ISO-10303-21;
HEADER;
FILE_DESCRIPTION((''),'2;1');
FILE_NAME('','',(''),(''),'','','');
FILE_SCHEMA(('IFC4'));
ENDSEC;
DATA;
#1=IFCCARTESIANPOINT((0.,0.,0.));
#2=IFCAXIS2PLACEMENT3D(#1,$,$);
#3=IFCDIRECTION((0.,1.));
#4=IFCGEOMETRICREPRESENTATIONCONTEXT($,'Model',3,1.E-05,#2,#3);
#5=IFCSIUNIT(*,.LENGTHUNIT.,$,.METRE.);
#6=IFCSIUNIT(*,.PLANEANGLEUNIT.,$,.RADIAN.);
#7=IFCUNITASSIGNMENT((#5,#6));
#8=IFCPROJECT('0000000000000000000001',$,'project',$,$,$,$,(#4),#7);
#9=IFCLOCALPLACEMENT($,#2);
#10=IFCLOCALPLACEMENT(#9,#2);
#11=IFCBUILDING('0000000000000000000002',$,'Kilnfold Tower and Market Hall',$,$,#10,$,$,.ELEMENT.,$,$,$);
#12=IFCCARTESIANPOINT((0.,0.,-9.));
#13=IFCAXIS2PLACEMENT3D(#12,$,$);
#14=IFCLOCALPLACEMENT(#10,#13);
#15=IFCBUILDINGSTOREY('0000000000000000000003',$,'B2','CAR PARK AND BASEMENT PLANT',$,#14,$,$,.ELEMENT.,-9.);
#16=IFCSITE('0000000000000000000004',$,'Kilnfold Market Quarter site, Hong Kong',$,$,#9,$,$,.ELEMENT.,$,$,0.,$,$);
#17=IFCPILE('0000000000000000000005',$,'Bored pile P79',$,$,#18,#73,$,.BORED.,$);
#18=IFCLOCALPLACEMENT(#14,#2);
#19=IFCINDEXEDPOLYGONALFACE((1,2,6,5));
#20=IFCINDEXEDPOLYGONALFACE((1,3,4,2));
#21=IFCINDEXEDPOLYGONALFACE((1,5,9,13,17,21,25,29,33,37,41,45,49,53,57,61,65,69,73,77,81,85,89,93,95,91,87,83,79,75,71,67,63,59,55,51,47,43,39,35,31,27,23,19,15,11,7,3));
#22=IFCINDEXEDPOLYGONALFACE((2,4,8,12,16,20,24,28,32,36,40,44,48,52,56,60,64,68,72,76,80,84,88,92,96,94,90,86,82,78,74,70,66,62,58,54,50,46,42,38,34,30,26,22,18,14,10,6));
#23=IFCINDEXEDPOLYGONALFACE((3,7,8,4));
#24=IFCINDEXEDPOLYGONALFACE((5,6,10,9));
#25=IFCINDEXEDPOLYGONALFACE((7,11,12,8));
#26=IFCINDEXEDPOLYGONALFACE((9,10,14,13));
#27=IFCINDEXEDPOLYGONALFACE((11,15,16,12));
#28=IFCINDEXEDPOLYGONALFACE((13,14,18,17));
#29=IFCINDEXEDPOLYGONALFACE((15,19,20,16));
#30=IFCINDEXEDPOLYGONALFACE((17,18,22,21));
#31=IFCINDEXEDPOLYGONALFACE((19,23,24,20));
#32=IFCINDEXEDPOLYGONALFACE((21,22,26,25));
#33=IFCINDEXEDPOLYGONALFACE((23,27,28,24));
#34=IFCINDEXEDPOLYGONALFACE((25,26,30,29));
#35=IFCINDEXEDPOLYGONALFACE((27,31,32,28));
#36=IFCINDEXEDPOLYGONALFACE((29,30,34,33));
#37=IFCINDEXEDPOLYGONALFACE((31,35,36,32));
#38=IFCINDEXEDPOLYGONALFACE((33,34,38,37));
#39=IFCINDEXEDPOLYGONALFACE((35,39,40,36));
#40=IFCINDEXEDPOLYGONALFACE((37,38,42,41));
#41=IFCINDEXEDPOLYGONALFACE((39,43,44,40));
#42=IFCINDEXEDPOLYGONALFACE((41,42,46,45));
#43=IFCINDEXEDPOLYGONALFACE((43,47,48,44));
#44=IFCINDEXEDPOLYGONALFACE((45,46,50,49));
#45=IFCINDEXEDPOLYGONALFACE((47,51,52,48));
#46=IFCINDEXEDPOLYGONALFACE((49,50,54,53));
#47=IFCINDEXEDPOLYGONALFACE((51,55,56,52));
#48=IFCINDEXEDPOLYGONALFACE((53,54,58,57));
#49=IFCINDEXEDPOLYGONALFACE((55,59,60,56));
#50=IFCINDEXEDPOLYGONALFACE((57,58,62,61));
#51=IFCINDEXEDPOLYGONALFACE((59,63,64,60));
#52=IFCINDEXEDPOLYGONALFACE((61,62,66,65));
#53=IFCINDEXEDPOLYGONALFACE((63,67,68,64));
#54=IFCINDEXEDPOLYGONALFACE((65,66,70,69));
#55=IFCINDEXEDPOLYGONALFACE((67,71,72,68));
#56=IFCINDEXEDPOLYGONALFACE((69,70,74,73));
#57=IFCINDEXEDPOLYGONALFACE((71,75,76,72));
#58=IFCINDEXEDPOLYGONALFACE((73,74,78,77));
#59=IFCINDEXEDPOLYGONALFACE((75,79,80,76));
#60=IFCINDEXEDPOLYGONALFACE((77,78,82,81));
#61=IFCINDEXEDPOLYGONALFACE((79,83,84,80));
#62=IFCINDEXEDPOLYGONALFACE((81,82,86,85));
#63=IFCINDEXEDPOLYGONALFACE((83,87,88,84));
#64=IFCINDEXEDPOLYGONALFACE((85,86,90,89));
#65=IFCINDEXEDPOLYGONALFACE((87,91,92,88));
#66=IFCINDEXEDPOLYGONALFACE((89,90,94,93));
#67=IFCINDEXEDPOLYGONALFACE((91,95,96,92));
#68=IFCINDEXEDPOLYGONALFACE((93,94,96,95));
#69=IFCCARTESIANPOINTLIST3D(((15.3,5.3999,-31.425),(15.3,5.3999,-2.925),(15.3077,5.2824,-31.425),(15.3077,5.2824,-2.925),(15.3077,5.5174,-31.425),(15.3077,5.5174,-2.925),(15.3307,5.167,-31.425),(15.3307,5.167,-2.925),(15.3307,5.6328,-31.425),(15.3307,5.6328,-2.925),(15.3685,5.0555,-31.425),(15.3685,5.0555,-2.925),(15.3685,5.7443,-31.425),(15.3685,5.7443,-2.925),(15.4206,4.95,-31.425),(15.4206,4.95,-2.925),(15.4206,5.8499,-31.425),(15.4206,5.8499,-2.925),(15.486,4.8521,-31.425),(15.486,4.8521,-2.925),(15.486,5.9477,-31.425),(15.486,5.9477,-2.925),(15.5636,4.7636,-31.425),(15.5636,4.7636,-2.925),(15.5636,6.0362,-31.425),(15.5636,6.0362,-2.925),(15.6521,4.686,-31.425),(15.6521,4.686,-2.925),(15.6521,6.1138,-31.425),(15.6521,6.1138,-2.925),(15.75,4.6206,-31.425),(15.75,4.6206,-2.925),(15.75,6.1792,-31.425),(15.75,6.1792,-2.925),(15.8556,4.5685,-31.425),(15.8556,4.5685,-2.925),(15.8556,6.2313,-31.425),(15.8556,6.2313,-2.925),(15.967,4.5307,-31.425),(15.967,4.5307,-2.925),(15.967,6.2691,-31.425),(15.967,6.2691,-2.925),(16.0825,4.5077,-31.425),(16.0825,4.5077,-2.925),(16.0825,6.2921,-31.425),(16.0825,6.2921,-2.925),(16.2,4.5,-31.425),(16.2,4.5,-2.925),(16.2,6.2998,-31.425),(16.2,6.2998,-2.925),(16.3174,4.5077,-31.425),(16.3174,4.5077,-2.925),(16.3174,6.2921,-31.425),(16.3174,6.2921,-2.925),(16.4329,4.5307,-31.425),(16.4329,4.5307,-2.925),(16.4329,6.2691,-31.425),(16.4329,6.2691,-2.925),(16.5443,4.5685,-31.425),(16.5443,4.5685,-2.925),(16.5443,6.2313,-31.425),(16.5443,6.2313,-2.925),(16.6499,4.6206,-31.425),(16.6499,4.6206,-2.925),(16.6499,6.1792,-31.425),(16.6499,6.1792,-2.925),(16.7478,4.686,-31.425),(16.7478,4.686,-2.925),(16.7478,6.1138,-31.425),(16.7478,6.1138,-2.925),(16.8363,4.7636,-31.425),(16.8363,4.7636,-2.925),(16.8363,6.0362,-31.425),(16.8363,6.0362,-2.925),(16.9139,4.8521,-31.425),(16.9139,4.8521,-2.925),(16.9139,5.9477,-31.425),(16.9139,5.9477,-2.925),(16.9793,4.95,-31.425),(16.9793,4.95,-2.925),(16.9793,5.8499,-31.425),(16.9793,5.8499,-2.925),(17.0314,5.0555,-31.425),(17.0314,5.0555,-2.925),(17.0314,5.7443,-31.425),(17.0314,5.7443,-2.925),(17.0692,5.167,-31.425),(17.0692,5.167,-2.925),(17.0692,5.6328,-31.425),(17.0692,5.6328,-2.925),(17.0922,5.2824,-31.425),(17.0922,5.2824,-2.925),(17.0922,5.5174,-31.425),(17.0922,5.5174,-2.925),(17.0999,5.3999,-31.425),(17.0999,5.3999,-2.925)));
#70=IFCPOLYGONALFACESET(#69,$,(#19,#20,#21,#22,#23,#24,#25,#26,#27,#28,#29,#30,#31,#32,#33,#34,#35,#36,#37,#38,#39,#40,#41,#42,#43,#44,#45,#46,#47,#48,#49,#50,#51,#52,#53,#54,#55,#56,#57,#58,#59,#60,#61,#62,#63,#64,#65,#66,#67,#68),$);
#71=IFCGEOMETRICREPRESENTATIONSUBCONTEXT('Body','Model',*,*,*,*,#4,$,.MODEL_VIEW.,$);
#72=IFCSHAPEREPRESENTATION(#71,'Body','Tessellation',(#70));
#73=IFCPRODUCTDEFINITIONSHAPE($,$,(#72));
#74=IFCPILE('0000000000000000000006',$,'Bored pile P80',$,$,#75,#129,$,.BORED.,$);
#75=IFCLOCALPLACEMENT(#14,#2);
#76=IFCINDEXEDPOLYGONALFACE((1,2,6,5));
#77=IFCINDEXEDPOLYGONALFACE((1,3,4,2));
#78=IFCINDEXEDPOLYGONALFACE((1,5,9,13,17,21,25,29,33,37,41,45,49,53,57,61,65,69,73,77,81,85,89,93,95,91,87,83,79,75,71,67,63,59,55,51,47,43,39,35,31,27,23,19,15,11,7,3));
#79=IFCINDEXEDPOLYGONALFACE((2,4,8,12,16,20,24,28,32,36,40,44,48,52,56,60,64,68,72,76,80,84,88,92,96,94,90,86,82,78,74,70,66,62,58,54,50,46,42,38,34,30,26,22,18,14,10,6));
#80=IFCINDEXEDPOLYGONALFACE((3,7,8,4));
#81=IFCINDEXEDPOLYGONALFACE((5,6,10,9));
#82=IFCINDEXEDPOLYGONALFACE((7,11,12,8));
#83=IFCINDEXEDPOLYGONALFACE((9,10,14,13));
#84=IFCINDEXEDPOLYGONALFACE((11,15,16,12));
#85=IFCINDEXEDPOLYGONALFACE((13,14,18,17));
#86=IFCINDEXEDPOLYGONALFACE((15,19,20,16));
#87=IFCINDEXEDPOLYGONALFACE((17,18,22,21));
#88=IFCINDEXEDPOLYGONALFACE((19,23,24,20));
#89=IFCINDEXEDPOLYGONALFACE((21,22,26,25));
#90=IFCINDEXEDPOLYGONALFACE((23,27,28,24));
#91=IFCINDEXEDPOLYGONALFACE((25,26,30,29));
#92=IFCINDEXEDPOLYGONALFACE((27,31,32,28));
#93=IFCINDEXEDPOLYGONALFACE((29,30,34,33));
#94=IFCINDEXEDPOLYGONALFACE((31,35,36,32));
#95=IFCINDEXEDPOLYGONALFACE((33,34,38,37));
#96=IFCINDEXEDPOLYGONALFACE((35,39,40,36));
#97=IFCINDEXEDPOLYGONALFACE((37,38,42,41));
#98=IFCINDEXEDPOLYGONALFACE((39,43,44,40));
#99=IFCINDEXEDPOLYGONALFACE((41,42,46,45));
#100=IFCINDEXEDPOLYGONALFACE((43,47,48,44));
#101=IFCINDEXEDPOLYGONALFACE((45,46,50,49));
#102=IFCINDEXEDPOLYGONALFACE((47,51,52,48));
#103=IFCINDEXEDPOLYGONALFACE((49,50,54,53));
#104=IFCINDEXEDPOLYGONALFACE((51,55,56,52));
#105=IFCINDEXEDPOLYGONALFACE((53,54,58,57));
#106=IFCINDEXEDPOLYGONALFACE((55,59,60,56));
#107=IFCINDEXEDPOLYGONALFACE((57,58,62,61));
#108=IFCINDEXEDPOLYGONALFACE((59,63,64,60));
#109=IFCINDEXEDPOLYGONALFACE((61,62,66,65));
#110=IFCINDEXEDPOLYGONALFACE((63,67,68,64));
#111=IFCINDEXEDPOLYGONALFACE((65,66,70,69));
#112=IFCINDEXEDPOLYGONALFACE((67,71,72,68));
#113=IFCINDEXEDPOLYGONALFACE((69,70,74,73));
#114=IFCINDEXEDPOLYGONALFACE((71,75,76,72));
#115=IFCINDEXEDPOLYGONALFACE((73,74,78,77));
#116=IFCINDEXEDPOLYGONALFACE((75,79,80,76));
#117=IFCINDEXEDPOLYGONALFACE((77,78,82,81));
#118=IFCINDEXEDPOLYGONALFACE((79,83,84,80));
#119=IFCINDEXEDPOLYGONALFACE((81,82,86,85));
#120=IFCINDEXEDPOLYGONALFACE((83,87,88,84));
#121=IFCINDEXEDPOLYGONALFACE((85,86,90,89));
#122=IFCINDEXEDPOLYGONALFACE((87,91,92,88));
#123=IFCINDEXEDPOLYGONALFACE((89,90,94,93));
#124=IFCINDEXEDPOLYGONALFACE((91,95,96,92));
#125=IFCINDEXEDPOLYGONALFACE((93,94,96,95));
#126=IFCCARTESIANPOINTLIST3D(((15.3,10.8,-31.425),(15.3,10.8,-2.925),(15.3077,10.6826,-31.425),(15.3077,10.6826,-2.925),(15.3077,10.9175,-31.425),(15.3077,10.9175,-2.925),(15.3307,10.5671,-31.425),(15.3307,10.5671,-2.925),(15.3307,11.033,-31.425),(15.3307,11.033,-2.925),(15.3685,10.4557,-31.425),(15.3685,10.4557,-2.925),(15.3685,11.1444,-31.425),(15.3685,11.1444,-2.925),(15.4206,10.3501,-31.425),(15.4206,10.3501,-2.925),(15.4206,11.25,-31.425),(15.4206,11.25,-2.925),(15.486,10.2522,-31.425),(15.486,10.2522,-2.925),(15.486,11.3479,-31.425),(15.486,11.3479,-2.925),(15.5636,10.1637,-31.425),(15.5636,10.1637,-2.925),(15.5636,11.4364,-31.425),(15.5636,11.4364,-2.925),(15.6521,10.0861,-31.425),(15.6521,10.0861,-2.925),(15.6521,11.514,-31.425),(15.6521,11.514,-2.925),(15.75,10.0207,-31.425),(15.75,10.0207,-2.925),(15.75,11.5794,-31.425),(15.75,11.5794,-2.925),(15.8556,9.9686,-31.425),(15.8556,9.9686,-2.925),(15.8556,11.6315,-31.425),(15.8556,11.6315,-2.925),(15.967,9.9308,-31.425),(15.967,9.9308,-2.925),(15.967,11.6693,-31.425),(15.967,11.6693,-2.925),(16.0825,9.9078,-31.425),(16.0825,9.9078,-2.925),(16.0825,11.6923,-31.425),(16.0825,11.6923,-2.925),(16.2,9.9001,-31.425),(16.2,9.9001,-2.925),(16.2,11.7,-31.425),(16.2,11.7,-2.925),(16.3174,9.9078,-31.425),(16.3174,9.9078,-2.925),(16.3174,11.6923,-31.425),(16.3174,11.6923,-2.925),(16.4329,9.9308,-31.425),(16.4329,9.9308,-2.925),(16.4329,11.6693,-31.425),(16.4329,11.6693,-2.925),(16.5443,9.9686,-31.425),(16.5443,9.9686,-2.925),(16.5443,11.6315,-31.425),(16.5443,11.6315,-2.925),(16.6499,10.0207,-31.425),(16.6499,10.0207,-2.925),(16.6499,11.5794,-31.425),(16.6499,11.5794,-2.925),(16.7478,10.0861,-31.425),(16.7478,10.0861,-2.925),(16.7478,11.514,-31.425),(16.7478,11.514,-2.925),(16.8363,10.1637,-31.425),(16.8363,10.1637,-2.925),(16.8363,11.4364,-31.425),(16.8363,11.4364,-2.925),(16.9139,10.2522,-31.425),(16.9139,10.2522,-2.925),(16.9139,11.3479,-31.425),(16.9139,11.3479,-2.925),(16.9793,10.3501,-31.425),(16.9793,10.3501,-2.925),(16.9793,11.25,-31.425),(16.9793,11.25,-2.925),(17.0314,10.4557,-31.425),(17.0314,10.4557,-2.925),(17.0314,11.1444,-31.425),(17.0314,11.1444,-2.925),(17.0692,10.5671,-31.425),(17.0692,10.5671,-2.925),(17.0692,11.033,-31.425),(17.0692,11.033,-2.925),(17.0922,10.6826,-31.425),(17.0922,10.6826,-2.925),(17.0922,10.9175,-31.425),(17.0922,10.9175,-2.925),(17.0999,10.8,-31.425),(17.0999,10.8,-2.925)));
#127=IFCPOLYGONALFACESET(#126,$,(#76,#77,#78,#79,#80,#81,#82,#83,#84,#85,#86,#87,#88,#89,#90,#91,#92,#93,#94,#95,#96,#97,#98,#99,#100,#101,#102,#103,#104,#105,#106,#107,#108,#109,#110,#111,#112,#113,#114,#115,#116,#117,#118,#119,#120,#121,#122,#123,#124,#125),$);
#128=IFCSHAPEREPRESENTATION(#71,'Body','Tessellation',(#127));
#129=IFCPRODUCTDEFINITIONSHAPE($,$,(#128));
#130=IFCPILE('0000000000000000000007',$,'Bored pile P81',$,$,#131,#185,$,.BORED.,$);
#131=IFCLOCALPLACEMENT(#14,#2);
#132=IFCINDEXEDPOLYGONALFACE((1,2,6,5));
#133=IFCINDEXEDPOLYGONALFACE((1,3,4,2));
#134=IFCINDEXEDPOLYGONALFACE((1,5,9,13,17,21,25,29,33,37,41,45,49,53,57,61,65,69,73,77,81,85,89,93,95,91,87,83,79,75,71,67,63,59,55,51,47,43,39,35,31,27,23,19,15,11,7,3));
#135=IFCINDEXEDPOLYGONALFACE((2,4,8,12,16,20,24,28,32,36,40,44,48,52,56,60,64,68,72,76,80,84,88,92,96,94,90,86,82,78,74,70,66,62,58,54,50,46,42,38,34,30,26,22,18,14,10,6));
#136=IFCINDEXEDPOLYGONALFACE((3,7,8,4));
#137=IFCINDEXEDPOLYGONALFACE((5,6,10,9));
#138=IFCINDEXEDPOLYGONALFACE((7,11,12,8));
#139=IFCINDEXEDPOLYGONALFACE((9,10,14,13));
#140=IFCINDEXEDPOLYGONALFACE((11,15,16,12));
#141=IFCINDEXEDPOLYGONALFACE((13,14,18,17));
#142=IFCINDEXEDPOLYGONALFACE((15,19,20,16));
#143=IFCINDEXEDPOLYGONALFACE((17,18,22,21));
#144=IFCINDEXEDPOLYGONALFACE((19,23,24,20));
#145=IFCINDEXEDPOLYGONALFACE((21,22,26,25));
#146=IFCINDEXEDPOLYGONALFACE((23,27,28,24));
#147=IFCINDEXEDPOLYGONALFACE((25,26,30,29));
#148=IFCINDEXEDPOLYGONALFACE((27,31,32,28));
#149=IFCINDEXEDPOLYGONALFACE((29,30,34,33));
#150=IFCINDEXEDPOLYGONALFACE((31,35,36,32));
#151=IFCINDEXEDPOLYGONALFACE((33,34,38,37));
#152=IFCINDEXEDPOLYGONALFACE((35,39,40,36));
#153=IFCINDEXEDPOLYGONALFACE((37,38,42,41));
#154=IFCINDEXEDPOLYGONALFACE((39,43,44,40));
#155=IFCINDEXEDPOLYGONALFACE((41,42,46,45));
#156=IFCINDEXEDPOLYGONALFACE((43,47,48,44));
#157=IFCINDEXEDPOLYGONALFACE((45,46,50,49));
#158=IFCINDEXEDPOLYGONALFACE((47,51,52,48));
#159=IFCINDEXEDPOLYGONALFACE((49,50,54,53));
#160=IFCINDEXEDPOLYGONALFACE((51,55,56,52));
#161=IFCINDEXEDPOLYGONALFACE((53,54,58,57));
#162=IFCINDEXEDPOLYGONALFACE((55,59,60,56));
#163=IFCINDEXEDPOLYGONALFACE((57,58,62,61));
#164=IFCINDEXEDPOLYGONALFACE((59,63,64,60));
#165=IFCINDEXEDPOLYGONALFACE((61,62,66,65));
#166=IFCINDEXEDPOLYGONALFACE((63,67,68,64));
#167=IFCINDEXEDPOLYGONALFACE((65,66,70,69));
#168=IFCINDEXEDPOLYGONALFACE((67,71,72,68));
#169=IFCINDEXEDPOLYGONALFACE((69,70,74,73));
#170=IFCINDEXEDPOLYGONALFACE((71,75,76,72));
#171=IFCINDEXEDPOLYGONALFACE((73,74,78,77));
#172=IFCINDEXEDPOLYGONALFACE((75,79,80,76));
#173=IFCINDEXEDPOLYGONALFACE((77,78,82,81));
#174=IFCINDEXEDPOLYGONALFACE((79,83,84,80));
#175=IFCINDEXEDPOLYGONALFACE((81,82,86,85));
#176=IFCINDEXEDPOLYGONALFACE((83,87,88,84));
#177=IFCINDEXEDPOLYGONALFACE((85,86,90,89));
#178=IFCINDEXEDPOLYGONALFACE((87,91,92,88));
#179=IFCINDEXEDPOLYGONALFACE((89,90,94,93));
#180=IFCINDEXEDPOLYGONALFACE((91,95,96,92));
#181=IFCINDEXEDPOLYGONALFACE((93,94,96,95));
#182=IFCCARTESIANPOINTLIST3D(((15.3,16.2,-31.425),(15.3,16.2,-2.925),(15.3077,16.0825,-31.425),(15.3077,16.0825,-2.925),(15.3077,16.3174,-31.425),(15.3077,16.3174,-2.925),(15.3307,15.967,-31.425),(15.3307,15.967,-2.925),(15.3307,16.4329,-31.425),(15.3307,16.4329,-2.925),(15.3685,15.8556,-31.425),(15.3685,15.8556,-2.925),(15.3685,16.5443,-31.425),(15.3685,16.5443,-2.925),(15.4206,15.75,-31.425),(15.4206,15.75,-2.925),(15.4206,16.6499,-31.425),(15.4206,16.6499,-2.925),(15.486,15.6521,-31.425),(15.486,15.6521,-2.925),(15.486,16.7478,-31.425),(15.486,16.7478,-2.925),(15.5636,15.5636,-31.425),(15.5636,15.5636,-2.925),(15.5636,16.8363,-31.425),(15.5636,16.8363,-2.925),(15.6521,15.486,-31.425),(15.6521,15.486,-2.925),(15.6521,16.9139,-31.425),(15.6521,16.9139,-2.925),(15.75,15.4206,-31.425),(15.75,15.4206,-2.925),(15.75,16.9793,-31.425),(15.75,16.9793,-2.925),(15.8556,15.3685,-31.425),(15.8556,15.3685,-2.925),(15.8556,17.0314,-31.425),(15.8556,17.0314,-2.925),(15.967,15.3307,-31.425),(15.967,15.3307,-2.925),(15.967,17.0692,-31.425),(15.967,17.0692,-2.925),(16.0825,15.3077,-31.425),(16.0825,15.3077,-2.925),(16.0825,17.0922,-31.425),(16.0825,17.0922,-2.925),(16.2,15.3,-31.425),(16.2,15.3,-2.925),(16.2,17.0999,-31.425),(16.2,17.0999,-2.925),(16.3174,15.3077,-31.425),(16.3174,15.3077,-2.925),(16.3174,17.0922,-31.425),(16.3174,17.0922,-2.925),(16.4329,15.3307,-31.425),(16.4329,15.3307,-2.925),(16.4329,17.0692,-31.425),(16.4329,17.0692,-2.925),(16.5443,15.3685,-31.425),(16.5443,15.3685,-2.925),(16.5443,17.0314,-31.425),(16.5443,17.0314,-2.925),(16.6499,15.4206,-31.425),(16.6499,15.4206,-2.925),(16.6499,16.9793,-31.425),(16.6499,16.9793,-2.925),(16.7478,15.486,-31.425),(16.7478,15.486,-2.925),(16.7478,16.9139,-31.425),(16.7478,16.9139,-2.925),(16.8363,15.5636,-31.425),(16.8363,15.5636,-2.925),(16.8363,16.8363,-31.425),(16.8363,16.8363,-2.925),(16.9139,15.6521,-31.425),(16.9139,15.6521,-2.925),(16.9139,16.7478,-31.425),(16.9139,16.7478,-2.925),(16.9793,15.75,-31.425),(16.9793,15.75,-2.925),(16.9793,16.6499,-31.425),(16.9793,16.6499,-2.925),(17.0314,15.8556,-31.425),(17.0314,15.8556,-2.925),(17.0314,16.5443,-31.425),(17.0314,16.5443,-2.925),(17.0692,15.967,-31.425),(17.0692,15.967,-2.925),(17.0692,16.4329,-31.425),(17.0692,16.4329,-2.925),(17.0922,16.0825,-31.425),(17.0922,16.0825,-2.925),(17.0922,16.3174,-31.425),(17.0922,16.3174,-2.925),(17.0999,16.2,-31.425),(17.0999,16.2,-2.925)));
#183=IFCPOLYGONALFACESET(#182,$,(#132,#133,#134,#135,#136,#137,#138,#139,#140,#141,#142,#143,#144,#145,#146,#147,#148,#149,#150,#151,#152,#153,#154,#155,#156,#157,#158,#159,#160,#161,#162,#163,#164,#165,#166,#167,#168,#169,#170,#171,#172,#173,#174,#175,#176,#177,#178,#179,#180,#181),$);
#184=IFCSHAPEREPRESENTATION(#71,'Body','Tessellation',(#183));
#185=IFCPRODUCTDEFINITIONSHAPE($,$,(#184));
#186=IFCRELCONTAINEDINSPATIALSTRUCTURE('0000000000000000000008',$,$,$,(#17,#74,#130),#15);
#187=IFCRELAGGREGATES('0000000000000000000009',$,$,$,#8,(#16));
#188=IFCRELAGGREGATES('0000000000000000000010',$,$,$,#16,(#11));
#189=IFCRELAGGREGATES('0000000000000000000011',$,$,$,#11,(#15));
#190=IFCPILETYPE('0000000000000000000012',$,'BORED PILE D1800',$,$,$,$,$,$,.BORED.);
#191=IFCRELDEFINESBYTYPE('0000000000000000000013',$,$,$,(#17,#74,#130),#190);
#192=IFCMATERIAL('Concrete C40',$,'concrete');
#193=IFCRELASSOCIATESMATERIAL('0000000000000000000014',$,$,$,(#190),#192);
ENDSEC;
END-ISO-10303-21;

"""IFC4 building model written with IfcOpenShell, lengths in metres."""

from ifc_helpers import new_model, si_unit, direction, frame, origin, origin_2d, place, context, subcontext, project, spatial, circle, extrude, source, transform, mapped, material, material_profile, profile_set, type_object, element, save


model = new_model("IFC4")

# Units and contexts
model_context = context("Model", 3, precision=1e-05, world=origin(), true_north=direction((0.0, 1.0)))
body_context = subcontext(model_context, "Body", "Model", "MODEL_VIEW")
ifc_project = project(units=[si_unit("LENGTHUNIT", "METRE"), si_unit("PLANEANGLEUNIT", "RADIAN")], contexts=[model_context])

# Site, building, storey
site_placement = place(None, origin())
site = spatial("IfcSite", under=ifc_project, at=site_placement, Name="Kilnfold Market Quarter site, Hong Kong", CompositionType="ELEMENT", RefElevation=0.0)
building_placement = place(site_placement, origin())
building = spatial("IfcBuilding", under=site, at=building_placement, Name="Kilnfold Tower and Market Hall", CompositionType="ELEMENT")
storey_placement = place(building_placement, frame((0.0, 0.0, -9.0)))
storey = spatial("IfcBuildingStorey", under=building, at=storey_placement, Name="B2", Description="CAR PARK AND BASEMENT PLANT", CompositionType="ELEMENT", Elevation=-9.0)

# Piles
ifc_material_1 = material(Name="Concrete C40", Category="concrete")
ifc_material_profile_1 = material_profile(ifc_material_1, circle(Radius=0.8999, at=origin_2d()), Name="RC D1800")
ifc_profile_set_1 = profile_set([ifc_material_profile_1], Name="Concrete C40")
pile_type_1 = type_object("IfcPileType", Name="BORED PILE D1800", PredefinedType="BORED", material=ifc_profile_set_1)
shared_shape_1 = source(origin(), body_context, "Body", "SweptSolid", [
    extrude(circle(Radius=0.8999, at=origin_2d()), origin(), (0.0, 0.0, 1.0), 28.5),
])
for number, where, z_axis, x_axis, name in (
    (1, (16.2, 5.3999, -2.925), (0.0, 0.0, -1.0), (1.0, 0.0, 0.0), "Bored pile P79"),
    (2, (16.2, 10.8, -2.925), (0.0, 0.0, -1.0), (1.0, 0.0, 0.0), "Bored pile P80"),
    (3, (16.2, 16.2, -2.925), (0.0, 0.0, -1.0), (1.0, 0.0, 0.0), "Bored pile P81"),
):
    element("IfcPile", number, at=place(storey_placement, frame(where, z_axis=z_axis, x_axis=x_axis)), inside=storey, type_object=pile_type_1, Name=name, PredefinedType="BORED", context=body_context, shape_type="MappedRepresentation", body=[
        mapped(shared_shape_1, transform((0.0, 0.0, 0.0))),
    ])

save(model, "model.ifc")
